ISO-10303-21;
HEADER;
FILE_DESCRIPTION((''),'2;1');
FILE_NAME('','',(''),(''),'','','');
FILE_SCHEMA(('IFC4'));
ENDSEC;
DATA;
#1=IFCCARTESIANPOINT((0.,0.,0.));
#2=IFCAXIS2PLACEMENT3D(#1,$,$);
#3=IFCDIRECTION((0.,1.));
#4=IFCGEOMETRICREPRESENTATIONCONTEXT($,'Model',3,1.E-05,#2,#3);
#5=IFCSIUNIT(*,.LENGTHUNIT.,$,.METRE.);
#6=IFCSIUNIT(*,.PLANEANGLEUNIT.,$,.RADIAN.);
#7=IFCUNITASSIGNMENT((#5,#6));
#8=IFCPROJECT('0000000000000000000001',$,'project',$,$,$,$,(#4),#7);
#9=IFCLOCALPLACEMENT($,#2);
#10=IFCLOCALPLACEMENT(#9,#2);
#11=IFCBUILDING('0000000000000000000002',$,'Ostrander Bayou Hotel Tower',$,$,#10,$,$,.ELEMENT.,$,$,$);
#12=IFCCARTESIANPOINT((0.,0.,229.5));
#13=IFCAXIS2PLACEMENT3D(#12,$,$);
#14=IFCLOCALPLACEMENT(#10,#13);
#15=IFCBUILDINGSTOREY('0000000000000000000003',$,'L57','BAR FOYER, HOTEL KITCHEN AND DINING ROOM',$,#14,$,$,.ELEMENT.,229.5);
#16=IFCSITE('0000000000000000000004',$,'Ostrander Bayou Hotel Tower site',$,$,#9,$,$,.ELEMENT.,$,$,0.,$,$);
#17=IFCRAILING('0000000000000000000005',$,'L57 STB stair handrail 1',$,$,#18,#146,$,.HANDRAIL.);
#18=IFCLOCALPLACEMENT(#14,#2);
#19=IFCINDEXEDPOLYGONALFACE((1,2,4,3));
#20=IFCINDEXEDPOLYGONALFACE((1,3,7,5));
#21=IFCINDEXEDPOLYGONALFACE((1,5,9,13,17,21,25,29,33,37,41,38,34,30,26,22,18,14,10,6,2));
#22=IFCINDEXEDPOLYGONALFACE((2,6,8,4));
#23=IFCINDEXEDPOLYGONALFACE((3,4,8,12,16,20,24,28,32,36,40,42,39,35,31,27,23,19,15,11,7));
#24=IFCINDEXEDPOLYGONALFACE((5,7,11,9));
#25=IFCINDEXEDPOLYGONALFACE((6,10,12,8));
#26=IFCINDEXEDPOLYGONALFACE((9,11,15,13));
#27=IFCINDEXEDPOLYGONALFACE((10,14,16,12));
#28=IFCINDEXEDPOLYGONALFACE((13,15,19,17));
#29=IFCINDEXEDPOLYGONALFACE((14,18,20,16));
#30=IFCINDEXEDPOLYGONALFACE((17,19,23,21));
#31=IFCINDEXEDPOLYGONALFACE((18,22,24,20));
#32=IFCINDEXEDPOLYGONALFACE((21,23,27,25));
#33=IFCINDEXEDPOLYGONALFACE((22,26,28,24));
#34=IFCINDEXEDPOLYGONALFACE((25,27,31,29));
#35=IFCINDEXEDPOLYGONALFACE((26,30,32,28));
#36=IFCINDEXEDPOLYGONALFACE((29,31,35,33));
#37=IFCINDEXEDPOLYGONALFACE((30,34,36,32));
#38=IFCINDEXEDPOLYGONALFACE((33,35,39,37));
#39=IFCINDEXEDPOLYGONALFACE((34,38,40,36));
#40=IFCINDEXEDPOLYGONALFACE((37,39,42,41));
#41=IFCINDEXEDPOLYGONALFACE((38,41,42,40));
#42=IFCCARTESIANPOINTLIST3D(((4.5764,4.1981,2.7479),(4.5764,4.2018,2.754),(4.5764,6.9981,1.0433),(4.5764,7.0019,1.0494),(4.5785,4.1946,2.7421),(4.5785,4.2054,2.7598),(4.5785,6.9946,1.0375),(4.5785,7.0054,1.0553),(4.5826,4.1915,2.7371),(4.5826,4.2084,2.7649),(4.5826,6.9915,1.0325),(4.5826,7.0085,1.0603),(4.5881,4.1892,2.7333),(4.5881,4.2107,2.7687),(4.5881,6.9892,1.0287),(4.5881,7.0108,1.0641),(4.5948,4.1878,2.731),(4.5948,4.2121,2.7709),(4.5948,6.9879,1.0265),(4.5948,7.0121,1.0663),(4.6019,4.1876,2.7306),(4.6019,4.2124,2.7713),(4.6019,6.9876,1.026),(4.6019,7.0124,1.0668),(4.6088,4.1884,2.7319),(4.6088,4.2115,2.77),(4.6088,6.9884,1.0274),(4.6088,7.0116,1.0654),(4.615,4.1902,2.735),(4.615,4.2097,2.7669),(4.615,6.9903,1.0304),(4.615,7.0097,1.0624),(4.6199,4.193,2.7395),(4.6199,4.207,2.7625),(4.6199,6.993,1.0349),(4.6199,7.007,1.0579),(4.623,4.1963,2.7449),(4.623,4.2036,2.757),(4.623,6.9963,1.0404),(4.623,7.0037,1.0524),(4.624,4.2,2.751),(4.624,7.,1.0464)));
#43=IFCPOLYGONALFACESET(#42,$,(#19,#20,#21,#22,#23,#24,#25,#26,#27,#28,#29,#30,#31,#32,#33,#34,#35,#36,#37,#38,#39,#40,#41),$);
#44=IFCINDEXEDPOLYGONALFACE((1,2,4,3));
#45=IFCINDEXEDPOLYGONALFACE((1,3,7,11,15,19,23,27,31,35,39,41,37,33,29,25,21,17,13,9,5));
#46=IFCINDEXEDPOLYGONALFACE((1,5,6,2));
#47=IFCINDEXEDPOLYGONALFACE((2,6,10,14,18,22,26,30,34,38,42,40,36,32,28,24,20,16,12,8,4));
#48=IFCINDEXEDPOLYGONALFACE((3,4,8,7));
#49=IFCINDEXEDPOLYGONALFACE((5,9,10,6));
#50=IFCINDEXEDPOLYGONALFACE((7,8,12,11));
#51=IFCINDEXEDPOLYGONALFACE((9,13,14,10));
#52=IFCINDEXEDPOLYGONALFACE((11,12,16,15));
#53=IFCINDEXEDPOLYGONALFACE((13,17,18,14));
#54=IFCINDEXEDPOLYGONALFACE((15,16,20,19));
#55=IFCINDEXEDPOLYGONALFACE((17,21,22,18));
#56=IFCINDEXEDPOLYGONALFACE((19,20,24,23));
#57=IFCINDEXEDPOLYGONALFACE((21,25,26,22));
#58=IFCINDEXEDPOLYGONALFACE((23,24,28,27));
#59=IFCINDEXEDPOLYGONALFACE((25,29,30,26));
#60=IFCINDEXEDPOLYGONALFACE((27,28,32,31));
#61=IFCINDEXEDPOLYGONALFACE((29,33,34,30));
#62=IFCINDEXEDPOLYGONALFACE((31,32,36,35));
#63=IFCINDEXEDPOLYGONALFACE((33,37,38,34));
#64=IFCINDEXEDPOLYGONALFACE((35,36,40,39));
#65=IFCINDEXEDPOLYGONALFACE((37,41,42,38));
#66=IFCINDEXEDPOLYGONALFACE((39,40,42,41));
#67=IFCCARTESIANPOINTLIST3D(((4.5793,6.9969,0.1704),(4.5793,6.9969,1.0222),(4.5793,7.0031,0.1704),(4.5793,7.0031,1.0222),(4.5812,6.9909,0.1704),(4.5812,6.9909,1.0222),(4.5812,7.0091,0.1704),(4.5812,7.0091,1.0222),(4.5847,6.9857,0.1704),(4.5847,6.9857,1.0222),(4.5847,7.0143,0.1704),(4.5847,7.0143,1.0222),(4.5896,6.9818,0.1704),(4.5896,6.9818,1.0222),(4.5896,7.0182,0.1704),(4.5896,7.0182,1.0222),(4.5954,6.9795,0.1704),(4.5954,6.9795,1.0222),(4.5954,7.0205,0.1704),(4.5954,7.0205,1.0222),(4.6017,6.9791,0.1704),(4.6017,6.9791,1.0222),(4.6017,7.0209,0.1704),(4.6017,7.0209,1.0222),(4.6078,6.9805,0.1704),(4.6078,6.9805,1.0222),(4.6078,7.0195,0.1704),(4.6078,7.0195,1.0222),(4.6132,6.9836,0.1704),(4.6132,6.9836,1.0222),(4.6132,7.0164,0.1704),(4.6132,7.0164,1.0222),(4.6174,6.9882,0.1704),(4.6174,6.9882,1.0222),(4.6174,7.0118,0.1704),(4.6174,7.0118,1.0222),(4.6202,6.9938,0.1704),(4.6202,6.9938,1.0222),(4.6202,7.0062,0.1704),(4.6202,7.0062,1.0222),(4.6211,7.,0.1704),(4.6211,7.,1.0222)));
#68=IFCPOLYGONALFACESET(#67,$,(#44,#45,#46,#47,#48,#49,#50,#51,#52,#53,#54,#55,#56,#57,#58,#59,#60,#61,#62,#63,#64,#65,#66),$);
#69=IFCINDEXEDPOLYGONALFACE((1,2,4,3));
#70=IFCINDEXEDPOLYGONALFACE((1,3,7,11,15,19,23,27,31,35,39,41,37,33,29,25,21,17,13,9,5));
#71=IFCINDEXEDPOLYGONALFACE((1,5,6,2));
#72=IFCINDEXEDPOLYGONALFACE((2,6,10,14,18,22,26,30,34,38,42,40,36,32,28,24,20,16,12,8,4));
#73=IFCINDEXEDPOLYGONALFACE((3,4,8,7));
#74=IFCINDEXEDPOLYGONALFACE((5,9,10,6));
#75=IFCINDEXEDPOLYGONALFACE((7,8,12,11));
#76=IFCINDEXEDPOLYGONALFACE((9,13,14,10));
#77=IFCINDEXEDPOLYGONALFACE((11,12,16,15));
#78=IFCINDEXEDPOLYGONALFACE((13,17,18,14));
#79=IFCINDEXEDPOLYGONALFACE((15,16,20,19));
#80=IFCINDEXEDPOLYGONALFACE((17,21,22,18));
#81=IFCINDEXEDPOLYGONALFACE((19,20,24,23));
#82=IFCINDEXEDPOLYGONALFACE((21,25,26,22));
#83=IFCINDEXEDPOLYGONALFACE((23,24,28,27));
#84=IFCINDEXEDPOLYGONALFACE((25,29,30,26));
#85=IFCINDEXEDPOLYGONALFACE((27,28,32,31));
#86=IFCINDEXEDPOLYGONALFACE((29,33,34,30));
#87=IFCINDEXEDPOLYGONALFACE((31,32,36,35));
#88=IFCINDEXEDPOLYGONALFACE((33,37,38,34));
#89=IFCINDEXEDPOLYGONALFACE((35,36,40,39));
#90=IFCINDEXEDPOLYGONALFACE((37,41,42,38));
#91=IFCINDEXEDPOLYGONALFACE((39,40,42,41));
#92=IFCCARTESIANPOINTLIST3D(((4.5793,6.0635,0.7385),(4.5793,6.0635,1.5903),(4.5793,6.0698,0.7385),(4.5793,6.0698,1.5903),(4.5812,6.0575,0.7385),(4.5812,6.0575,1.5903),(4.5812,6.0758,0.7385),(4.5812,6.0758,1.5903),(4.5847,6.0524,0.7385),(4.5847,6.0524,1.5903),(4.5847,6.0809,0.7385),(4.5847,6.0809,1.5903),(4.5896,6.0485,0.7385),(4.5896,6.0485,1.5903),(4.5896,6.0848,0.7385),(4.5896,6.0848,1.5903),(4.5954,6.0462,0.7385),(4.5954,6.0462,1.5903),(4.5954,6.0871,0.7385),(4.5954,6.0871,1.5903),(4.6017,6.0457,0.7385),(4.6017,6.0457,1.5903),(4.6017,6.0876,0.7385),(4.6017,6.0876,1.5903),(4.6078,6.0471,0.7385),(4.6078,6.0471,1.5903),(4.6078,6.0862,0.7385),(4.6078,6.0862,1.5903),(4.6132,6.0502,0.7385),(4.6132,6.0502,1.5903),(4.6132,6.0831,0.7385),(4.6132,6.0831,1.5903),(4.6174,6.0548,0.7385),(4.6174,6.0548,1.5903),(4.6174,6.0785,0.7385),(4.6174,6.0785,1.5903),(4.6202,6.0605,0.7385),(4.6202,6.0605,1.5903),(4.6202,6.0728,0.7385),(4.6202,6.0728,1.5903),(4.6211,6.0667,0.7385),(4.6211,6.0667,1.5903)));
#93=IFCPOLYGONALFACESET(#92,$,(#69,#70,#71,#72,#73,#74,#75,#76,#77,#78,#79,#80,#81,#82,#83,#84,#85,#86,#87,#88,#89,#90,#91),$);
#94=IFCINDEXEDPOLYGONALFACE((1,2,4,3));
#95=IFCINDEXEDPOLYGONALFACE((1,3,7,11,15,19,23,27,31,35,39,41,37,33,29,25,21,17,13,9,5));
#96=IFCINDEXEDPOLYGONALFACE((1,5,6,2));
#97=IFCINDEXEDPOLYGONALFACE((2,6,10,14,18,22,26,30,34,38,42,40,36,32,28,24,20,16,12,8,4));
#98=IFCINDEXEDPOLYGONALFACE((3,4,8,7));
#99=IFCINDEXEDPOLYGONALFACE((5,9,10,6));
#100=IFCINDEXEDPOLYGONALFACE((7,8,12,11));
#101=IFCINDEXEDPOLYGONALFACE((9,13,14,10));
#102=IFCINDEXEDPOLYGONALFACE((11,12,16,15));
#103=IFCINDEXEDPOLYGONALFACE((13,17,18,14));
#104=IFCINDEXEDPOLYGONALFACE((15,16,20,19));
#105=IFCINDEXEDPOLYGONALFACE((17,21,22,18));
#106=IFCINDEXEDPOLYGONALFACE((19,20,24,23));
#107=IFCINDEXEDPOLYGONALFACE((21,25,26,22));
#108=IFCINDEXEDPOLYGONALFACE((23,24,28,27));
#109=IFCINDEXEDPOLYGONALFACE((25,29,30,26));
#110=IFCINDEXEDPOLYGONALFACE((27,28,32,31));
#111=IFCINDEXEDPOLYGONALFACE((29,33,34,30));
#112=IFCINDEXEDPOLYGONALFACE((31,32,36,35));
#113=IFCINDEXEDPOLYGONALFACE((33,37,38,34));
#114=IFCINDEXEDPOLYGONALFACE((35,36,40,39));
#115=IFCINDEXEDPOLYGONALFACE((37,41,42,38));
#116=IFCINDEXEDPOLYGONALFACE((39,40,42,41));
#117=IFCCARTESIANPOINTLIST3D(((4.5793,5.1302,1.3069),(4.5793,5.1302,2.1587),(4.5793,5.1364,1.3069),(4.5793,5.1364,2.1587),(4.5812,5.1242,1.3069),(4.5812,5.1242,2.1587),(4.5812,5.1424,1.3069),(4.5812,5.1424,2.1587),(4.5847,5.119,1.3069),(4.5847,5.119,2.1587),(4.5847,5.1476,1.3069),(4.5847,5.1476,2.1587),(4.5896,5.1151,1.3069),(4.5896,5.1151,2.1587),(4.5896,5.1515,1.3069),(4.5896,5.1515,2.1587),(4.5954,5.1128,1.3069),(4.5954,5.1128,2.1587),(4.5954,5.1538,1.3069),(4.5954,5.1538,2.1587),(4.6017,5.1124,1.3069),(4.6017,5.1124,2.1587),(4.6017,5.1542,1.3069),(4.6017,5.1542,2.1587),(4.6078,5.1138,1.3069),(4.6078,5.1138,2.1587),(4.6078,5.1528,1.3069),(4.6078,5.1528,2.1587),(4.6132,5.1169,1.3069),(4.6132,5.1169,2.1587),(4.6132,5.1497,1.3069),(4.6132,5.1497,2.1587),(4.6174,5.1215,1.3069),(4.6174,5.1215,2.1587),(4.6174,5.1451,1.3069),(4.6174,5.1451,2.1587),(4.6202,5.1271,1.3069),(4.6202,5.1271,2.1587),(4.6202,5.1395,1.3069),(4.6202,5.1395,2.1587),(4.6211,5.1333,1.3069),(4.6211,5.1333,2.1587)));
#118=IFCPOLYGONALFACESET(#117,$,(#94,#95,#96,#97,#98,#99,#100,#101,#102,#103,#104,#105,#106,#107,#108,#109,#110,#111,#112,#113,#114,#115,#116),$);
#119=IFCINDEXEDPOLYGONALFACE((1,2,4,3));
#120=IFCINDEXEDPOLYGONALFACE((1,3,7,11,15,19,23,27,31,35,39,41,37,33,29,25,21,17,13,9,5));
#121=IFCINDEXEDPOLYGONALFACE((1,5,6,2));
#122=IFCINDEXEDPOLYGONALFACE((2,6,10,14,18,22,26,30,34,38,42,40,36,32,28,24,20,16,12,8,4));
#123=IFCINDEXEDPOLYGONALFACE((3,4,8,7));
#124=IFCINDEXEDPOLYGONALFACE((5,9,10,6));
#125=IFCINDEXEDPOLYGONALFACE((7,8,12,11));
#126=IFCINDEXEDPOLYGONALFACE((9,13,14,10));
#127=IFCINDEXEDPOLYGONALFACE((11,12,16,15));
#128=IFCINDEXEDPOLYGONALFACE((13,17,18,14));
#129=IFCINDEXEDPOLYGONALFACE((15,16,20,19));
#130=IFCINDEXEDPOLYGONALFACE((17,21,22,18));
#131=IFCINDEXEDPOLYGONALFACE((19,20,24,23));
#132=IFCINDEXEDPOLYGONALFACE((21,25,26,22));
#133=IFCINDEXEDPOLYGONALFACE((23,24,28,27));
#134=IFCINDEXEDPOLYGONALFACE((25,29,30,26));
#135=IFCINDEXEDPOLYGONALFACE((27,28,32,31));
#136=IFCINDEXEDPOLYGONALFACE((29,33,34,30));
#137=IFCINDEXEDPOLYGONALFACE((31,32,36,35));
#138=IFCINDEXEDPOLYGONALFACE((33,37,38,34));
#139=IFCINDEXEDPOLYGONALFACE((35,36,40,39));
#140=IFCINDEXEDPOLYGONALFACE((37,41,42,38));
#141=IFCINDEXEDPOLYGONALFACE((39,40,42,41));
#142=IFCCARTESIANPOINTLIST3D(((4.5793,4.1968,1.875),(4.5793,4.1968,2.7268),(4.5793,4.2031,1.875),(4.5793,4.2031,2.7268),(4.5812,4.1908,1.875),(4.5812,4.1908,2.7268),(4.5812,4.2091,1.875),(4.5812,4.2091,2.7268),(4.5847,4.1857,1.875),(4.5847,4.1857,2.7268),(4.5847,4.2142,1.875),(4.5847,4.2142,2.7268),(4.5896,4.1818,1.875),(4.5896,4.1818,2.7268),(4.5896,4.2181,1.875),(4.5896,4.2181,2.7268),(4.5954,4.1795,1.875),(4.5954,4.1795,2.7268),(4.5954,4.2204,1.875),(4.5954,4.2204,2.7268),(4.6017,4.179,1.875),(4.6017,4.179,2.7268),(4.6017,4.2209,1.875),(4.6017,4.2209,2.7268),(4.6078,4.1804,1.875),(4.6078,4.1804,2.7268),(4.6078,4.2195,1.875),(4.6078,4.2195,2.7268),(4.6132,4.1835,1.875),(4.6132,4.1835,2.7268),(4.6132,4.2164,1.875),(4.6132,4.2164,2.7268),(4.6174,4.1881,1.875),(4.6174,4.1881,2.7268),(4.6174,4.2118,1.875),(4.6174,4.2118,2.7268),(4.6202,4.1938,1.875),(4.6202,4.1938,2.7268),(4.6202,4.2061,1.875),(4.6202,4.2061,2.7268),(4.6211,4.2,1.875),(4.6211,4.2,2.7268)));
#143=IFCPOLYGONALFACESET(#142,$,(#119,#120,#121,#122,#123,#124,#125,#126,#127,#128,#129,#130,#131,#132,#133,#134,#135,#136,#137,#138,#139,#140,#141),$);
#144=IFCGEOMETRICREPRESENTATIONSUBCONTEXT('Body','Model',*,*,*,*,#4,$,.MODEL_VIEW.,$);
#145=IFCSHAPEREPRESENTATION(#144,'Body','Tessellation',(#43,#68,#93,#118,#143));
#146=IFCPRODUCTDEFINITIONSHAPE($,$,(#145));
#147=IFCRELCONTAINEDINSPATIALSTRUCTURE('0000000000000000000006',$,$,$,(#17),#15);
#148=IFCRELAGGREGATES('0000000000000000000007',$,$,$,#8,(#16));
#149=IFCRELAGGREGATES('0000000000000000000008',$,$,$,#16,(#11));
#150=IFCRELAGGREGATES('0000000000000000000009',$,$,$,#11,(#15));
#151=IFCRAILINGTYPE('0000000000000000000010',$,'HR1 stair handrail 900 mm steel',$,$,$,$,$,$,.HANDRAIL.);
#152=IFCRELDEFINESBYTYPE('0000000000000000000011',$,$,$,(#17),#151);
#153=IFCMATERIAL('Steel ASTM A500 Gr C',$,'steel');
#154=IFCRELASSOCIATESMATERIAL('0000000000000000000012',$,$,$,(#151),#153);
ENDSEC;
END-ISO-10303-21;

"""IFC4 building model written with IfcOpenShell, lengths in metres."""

from ifc_helpers import new_model, si_unit, direction, frame, origin, origin_2d, place, context, subcontext, project, spatial, circle, extrude, material, type_object, element, save


model = new_model("IFC4")

# Units and contexts
model_context = context("Model", 3, precision=1e-05, world=origin(), true_north=direction((0.0, 1.0)))
body_context = subcontext(model_context, "Body", "Model", "MODEL_VIEW")
ifc_project = project(units=[si_unit("LENGTHUNIT", "METRE"), si_unit("PLANEANGLEUNIT", "RADIAN")], contexts=[model_context])

# Site, building, storey
site_placement = place(None, origin())
site = spatial("IfcSite", under=ifc_project, at=site_placement, Name="Ostrander Bayou Hotel Tower site", CompositionType="ELEMENT", RefElevation=0.0)
building_placement = place(site_placement, origin())
building = spatial("IfcBuilding", under=site, at=building_placement, Name="Ostrander Bayou Hotel Tower", CompositionType="ELEMENT")
storey_placement = place(building_placement, frame((0.0, 0.0, 229.5)))
storey = spatial("IfcBuildingStorey", under=building, at=storey_placement, Name="L57", Description="BAR FOYER, HOTEL KITCHEN AND DINING ROOM", CompositionType="ELEMENT", Elevation=229.5)

# Railing
ifc_material_1 = material(Name="Steel ASTM A500 Gr C", Category="steel")
railing_type_1 = type_object("IfcRailingType", Name="HR1 stair handrail 900 mm steel", PredefinedType="HANDRAIL", material=ifc_material_1)
railing_1_placement = place(storey_placement, frame((4.6001, 7.0, 0.1704)))
element("IfcRailing", 1, at=railing_1_placement, inside=storey, type_object=railing_type_1, Name="L57 STB stair handrail 1", PredefinedType="HANDRAIL", context=body_context, shape_type="SweptSolid", body=[
    extrude(circle(Radius=0.0239, at=origin_2d()), frame((0.0, 0.0, 0.876), z_axis=(0.0, -0.85417, 0.519994), x_axis=(1.0, 0.0, 0.0)), (0.0, 0.0, 1.0), 3.2781),
    extrude(circle(Radius=0.021, at=origin_2d()), origin(), (0.0, 0.0, 1.0), 0.8518),
    extrude(circle(Radius=0.021, at=origin_2d()), frame((0.0, -0.9333, 0.5681)), (0.0, 0.0, 1.0), 0.8518),
    extrude(circle(Radius=0.021, at=origin_2d()), frame((0.0, -1.8667, 1.1365)), (0.0, 0.0, 1.0), 0.8518),
    extrude(circle(Radius=0.021, at=origin_2d()), frame((0.0, -2.8, 1.7046)), (0.0, 0.0, 1.0), 0.8518),
])

save(model, "model.ifc")
